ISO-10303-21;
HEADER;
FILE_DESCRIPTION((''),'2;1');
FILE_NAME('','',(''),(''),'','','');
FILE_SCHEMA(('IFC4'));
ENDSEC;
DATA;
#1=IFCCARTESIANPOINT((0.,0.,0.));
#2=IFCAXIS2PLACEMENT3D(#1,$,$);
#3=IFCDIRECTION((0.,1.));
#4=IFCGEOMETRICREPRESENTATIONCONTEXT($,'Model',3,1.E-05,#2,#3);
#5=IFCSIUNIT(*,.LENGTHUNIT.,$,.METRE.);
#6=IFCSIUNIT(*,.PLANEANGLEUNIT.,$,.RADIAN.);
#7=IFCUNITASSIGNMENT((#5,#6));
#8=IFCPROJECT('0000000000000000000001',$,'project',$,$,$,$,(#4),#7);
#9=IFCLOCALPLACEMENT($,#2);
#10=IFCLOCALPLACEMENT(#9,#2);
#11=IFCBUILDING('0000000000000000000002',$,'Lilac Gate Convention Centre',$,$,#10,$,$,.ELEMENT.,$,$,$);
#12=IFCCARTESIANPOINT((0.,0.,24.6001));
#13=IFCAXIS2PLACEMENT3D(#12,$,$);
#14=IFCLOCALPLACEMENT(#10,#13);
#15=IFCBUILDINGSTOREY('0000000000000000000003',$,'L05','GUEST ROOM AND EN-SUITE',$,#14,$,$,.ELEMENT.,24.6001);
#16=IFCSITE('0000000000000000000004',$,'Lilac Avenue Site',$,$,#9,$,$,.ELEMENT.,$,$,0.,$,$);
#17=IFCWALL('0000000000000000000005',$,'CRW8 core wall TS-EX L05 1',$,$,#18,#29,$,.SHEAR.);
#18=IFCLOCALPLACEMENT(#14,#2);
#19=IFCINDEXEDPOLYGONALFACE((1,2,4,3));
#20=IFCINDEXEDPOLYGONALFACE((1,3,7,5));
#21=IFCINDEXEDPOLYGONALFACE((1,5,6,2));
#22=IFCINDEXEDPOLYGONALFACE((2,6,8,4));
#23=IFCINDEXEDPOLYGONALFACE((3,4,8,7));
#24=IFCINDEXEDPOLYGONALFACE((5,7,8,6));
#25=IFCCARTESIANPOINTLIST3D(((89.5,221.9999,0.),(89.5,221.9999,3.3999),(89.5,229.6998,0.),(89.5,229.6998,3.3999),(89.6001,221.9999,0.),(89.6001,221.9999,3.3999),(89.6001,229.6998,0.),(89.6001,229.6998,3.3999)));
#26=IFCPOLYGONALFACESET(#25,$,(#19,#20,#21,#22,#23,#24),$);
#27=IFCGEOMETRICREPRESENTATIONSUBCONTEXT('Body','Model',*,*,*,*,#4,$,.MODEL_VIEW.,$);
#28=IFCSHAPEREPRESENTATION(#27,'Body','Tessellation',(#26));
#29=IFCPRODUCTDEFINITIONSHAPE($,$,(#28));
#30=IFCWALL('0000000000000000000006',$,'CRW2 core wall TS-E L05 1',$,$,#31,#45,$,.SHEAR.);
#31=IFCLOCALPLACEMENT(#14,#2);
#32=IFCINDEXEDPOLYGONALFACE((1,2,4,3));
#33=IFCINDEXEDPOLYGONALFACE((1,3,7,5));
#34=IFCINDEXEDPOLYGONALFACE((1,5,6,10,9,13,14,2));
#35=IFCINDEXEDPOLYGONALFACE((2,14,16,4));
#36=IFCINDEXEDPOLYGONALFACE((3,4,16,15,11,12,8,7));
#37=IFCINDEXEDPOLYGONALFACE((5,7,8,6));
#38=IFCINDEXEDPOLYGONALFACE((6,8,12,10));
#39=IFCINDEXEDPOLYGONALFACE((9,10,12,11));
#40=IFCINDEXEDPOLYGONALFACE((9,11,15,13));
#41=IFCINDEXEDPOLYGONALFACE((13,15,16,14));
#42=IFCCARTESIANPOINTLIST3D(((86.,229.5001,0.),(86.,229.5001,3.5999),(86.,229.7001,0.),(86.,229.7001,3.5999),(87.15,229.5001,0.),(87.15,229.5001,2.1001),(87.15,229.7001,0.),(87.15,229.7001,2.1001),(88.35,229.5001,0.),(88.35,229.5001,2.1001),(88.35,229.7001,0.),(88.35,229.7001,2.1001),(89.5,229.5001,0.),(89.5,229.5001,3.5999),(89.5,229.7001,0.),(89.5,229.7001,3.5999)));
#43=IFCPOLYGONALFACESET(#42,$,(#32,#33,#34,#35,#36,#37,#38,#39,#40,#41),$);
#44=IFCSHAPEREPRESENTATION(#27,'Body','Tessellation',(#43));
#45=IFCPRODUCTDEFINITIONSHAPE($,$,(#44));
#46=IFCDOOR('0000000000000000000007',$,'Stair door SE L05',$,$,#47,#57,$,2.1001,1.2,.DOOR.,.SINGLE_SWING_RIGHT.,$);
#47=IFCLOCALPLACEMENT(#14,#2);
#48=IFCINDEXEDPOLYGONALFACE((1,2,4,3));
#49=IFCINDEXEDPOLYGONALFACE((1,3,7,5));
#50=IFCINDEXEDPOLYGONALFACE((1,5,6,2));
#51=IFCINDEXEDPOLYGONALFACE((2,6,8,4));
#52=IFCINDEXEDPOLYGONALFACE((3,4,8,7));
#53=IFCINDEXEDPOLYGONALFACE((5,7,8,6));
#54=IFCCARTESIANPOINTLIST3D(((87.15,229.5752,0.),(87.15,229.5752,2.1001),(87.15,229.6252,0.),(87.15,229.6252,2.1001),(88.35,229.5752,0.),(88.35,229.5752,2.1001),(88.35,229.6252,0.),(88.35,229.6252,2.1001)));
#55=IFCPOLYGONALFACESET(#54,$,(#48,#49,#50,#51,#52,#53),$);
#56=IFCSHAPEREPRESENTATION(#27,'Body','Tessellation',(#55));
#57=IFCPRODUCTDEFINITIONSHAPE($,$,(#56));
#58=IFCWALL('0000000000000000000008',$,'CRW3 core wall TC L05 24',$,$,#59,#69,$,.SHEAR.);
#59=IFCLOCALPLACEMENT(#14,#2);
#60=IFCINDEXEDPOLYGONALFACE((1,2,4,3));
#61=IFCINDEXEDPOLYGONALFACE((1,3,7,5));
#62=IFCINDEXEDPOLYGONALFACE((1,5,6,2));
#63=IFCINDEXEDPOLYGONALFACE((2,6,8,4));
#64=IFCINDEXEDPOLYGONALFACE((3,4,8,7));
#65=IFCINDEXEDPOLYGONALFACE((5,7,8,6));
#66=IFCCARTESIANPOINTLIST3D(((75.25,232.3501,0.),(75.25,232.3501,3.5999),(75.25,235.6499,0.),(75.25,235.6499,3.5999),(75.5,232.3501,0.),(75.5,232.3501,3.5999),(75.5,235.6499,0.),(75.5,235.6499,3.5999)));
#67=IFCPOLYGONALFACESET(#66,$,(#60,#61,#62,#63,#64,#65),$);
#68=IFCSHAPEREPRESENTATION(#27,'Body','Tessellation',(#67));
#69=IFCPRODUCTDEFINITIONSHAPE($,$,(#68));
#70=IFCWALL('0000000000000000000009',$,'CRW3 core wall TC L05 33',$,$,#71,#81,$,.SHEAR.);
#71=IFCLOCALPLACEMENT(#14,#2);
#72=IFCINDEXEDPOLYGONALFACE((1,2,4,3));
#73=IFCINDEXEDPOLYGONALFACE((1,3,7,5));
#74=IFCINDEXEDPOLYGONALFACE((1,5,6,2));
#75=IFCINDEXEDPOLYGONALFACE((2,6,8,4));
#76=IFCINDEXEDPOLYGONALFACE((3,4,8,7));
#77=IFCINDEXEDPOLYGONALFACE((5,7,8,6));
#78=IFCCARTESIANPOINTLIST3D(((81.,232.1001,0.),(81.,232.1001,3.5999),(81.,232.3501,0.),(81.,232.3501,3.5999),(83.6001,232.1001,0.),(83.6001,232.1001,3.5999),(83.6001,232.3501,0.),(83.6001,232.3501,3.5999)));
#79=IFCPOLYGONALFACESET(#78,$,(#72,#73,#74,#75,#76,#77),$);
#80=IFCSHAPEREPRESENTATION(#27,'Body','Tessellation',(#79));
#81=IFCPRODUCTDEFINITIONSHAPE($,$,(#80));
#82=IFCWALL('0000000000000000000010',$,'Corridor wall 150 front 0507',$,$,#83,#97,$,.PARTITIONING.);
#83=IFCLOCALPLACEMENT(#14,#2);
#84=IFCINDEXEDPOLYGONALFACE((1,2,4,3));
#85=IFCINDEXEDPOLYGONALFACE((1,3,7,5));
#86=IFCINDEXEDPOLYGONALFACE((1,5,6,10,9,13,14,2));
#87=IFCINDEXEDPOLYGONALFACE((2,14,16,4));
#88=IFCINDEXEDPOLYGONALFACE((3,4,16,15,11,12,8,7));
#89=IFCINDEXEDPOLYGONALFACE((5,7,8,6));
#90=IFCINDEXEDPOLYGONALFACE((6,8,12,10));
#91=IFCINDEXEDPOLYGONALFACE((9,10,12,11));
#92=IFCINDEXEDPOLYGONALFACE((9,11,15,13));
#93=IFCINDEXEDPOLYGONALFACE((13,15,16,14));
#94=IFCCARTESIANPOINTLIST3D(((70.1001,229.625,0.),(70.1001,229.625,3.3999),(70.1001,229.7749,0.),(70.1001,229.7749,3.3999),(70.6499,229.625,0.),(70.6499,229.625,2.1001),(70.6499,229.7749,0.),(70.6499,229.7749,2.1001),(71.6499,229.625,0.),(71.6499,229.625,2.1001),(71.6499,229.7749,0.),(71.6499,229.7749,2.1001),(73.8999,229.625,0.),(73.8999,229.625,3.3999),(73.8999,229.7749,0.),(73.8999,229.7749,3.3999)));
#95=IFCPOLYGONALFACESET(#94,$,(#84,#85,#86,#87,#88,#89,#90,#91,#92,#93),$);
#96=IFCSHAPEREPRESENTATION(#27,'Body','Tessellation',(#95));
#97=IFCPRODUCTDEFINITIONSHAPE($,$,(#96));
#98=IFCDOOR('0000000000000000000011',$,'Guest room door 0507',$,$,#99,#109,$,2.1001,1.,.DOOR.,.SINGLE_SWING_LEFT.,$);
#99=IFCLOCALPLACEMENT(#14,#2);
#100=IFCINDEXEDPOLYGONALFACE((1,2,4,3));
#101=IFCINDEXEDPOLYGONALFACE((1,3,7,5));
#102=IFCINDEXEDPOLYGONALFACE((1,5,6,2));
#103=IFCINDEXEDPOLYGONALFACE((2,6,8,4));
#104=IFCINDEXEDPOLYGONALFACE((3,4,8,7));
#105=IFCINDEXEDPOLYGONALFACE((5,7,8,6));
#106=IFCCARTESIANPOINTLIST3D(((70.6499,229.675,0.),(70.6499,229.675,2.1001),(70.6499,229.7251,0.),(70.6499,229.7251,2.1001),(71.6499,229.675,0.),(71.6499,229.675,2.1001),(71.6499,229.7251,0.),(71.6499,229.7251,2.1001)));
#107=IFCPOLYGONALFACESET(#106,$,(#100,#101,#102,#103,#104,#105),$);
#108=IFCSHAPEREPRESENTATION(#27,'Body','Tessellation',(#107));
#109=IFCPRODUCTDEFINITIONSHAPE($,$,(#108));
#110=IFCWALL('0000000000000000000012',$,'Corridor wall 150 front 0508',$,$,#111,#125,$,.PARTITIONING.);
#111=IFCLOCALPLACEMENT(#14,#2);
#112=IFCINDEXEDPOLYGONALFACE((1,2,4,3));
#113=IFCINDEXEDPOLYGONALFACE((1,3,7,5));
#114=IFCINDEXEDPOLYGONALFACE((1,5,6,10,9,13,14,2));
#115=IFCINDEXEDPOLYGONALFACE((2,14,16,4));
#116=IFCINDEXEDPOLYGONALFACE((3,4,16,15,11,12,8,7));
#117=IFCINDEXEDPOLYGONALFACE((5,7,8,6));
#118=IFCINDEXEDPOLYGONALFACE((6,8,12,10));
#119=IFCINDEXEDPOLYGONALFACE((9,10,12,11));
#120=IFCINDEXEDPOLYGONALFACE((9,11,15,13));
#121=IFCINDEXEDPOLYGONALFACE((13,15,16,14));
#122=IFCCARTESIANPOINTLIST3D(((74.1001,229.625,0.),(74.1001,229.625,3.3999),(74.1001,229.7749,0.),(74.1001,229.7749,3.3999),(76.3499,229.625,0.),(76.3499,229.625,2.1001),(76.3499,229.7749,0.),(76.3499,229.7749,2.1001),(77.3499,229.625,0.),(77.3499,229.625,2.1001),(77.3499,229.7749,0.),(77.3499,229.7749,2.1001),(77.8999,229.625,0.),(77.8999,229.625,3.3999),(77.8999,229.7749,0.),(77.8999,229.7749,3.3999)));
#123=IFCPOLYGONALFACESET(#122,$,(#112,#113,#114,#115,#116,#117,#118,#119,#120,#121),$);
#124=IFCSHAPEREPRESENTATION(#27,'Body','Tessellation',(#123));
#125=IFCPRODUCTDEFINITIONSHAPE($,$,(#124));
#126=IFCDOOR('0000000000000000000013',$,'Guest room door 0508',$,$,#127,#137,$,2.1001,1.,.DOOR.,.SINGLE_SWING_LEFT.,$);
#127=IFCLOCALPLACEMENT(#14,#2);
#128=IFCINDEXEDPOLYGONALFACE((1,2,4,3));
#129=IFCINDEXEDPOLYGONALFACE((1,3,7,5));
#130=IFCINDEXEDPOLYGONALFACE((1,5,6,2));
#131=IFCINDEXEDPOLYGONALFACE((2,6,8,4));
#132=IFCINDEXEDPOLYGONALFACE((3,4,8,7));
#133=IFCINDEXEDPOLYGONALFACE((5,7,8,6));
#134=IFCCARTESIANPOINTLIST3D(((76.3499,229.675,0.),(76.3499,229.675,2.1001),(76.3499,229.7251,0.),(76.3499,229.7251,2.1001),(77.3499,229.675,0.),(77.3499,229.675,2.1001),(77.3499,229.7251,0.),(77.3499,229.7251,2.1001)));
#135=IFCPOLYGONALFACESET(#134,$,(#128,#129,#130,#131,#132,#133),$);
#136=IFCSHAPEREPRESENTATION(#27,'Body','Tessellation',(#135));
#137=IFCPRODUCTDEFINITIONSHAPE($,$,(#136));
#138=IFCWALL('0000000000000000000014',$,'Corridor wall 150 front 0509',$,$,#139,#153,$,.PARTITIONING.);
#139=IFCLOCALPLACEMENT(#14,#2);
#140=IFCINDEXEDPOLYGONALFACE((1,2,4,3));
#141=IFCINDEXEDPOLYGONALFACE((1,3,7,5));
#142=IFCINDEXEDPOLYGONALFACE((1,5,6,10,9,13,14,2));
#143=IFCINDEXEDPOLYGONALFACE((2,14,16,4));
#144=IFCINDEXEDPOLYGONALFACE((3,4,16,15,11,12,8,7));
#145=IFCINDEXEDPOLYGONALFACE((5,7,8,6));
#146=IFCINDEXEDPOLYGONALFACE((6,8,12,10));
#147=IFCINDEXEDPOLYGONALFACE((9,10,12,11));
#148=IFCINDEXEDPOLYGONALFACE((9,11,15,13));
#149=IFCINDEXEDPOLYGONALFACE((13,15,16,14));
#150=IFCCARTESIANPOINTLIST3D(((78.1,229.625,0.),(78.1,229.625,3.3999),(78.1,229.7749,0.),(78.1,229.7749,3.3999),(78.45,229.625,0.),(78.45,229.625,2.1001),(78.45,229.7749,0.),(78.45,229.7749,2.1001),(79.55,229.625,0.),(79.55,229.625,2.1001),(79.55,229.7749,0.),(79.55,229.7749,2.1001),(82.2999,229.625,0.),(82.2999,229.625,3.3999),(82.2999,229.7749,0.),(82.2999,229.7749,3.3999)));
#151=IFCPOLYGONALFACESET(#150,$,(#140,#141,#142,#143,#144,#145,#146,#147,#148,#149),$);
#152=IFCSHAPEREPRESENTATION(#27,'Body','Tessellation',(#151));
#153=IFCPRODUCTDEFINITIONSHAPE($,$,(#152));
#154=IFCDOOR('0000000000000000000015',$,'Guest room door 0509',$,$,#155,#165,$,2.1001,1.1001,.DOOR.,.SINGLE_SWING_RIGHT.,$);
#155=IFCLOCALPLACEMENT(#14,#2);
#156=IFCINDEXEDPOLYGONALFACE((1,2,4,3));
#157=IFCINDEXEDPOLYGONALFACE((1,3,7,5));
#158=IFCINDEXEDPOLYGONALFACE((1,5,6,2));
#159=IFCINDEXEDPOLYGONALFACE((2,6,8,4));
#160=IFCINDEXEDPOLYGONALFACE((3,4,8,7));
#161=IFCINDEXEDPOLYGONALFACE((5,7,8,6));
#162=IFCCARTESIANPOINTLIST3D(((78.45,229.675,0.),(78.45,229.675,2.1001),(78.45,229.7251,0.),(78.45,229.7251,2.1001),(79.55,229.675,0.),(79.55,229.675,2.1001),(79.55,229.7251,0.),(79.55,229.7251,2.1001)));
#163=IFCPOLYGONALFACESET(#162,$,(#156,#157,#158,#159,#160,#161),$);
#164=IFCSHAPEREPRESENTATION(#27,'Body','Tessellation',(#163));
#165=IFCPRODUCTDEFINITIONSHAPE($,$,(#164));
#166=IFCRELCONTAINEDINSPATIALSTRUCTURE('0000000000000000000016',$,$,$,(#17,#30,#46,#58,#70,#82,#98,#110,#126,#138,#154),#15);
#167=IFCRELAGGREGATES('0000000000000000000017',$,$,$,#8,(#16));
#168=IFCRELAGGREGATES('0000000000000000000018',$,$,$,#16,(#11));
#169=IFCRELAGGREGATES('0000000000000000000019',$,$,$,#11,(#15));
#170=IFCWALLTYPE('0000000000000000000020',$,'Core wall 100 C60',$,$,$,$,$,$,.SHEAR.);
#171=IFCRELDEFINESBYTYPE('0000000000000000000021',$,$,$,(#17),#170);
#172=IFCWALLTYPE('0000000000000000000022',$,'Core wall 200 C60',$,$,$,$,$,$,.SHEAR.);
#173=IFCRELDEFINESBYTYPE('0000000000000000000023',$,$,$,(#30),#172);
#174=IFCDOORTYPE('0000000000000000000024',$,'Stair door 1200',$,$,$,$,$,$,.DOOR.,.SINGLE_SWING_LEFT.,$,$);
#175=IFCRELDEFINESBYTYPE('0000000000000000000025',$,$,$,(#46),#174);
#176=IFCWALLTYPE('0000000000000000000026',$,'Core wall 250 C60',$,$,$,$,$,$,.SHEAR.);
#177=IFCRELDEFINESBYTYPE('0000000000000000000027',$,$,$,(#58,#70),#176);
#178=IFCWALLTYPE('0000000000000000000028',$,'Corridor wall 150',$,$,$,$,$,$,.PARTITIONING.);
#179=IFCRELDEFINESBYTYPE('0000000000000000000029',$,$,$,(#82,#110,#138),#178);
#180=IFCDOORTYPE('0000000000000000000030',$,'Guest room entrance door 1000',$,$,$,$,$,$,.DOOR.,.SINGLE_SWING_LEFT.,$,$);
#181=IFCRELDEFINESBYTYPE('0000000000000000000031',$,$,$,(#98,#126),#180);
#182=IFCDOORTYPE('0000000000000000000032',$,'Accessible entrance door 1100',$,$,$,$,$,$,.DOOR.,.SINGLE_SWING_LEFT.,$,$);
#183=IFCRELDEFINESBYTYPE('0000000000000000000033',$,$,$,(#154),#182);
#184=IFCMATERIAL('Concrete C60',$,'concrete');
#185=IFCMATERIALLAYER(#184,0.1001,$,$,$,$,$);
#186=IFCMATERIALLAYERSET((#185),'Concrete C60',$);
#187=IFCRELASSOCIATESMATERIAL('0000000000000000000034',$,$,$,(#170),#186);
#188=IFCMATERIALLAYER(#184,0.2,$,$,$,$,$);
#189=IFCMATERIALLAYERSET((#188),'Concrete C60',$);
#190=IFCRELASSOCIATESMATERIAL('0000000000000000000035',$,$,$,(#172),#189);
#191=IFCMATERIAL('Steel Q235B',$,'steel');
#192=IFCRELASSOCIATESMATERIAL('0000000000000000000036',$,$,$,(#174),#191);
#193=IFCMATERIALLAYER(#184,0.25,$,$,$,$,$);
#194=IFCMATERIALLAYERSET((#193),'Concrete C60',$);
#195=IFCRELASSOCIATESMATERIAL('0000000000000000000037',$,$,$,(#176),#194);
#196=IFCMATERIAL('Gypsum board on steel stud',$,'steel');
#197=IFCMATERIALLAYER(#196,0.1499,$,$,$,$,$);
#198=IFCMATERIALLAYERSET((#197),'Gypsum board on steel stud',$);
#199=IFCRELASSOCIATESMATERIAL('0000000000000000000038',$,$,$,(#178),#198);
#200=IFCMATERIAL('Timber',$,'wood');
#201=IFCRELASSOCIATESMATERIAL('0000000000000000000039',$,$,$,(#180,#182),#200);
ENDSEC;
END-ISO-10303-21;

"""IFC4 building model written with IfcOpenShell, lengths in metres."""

from ifc_helpers import new_model, si_unit, direction, frame, frame_2d, origin, place, context, subcontext, project, spatial, rectangle, extrude, material, layer, layer_set, type_object, element, fill, save


model = new_model("IFC4")

# Units and contexts
model_context = context("Model", 3, precision=1e-05, world=origin(), true_north=direction((0.0, 1.0)))
body_context = subcontext(model_context, "Body", "Model", "MODEL_VIEW")
ifc_project = project(units=[si_unit("LENGTHUNIT", "METRE"), si_unit("PLANEANGLEUNIT", "RADIAN")], contexts=[model_context])

# Site, building, storey
site_placement = place(None, origin())
site = spatial("IfcSite", under=ifc_project, at=site_placement, Name="Lilac Avenue Site", CompositionType="ELEMENT", RefElevation=0.0)
building_placement = place(site_placement, origin())
building = spatial("IfcBuilding", under=site, at=building_placement, Name="Lilac Gate Convention Centre", CompositionType="ELEMENT")
storey_placement = place(building_placement, frame((0.0, 0.0, 24.6001)))
storey = spatial("IfcBuildingStorey", under=building, at=storey_placement, Name="L05", Description="GUEST ROOM AND EN-SUITE", CompositionType="ELEMENT", Elevation=24.6001)

# Wall
ifc_material_1 = material(Name="Concrete C60", Category="concrete")
ifc_layer_1 = layer(ifc_material_1, 0.1001)
ifc_layer_set_1 = layer_set([ifc_layer_1], Name="Concrete C60")
wall_type_1 = type_object("IfcWallType", Name="Core wall 100 C60", PredefinedType="SHEAR", material=ifc_layer_set_1)
wall_1_placement = place(storey_placement, frame((89.55, 229.7, 0.0), z_axis=(0.0, 0.0, 1.0), x_axis=(0.0, -1.0, 0.0)))
element("IfcWall", 1, at=wall_1_placement, inside=storey, type_object=wall_type_1, Name="CRW8 core wall TS-EX L05 1", PredefinedType="SHEAR", context=body_context, shape_type="SweptSolid", body=[
    extrude(rectangle(XDim=7.7, YDim=0.1001, at=frame_2d((3.8501, 0.0))), origin(), (0.0, 0.0, 1.0), 3.3999),
])

# Wall, opening, door
ifc_layer_2 = layer(ifc_material_1, 0.2)
ifc_layer_set_2 = layer_set([ifc_layer_2], Name="Concrete C60")
wall_type_2 = type_object("IfcWallType", Name="Core wall 200 C60", PredefinedType="SHEAR", material=ifc_layer_set_2)
wall_2_placement = place(storey_placement, frame((89.5, 229.6001, 0.0), z_axis=(0.0, 0.0, 1.0), x_axis=(-1.0, 0.0, 0.0)))
wall_2 = element("IfcWall", 2, at=wall_2_placement, inside=storey, type_object=wall_type_2, Name="CRW2 core wall TS-E L05 1", PredefinedType="SHEAR", context=body_context, shape_type="SweptSolid", body=[
    extrude(rectangle(XDim=3.5, YDim=0.2, at=frame_2d((1.75, 0.0))), origin(), (0.0, 0.0, 1.0), 3.5999),
])
opening_1_placement = place(wall_2_placement, frame((1.1499, 0.0, 0.0)))
opening_1 = element("IfcOpeningElement", 3, at=opening_1_placement, cuts=wall_2, PredefinedType="OPENING", context=body_context, shape_type="SweptSolid", body=[
    extrude(rectangle(XDim=1.2, YDim=2.1001, at=frame_2d((0.6001, 1.05))), frame((0.0, 0.1099, 0.0), z_axis=(0.0, -1.0, 0.0), x_axis=(1.0, 0.0, 0.0)), (0.0, 0.0, 1.0), 0.22),
])
ifc_material_2 = material(Name="Steel Q235B", Category="steel")
door_type_1 = type_object("IfcDoorType", Name="Stair door 1200", OperationType="SINGLE_SWING_LEFT", PredefinedType="DOOR", material=ifc_material_2)
door_1_placement = place(opening_1_placement, origin())
door_1 = element("IfcDoor", 4, at=door_1_placement, inside=storey, type_object=door_type_1, Name="Stair door SE L05", OperationType="SINGLE_SWING_RIGHT", OverallHeight=2.1001, OverallWidth=1.2, PredefinedType="DOOR", context=body_context, shape_type="SweptSolid", body=[
    extrude(rectangle(XDim=1.2, YDim=2.1001, at=frame_2d((0.6001, 1.05))), frame((0.0, 0.0249, 0.0), z_axis=(0.0, -1.0, 0.0), x_axis=(1.0, 0.0, 0.0)), (0.0, 0.0, 1.0), 0.05),
])
fill(opening_1, door_1)

# Walls
ifc_layer_3 = layer(ifc_material_1, 0.25)
ifc_layer_set_3 = layer_set([ifc_layer_3], Name="Concrete C60")
wall_type_3 = type_object("IfcWallType", Name="Core wall 250 C60", PredefinedType="SHEAR", material=ifc_layer_set_3)
wall_3_placement = place(storey_placement, frame((75.375, 232.3501, 0.0), z_axis=(0.0, 0.0, 1.0), x_axis=(0.0, 1.0, 0.0)))
element("IfcWall", 5, at=wall_3_placement, inside=storey, type_object=wall_type_3, Name="CRW3 core wall TC L05 24", PredefinedType="SHEAR", context=body_context, shape_type="SweptSolid", body=[
    extrude(rectangle(XDim=3.2998, YDim=0.25, at=frame_2d((1.6499, 0.0))), origin(), (0.0, 0.0, 1.0), 3.5999),
])
wall_4_placement = place(storey_placement, frame((81.0, 232.2251, 0.0), z_axis=(0.0, 0.0, 1.0), x_axis=(1.0, 0.0, 0.0)))
element("IfcWall", 6, at=wall_4_placement, inside=storey, type_object=wall_type_3, Name="CRW3 core wall TC L05 33", PredefinedType="SHEAR", context=body_context, shape_type="SweptSolid", body=[
    extrude(rectangle(XDim=2.6001, YDim=0.25, at=frame_2d((1.3, 0.0))), origin(), (0.0, 0.0, 1.0), 3.5999),
])

# Walls, openings, doors
ifc_material_3 = material(Name="Gypsum board on steel stud", Category="steel")
ifc_layer_4 = layer(ifc_material_3, 0.1499)
ifc_layer_set_4 = layer_set([ifc_layer_4], Name="Gypsum board on steel stud")
wall_type_4 = type_object("IfcWallType", Name="Corridor wall 150", PredefinedType="PARTITIONING", material=ifc_layer_set_4)
wall_5_placement = place(storey_placement, frame((73.8999, 229.7, 0.0), z_axis=(0.0, 0.0, 1.0), x_axis=(-1.0, 0.0, 0.0)))
wall_5 = element("IfcWall", 7, at=wall_5_placement, inside=storey, type_object=wall_type_4, Name="Corridor wall 150 front 0507", PredefinedType="PARTITIONING", context=body_context, shape_type="SweptSolid", body=[
    extrude(rectangle(XDim=3.7998, YDim=0.1499, at=frame_2d((1.8999, 0.0))), origin(), (0.0, 0.0, 1.0), 3.3999),
])
opening_2_placement = place(wall_5_placement, frame((2.25, 0.0, 0.0)))
opening_2 = element("IfcOpeningElement", 8, at=opening_2_placement, cuts=wall_5, PredefinedType="OPENING", context=body_context, shape_type="SweptSolid", body=[
    extrude(rectangle(XDim=1.0, YDim=2.1001, at=frame_2d((0.5, 1.05))), frame((0.0, 0.085, 0.0), z_axis=(0.0, -1.0, 0.0), x_axis=(1.0, 0.0, 0.0)), (0.0, 0.0, 1.0), 0.1699),
])
ifc_material_4 = material(Name="Timber", Category="wood")
door_type_2 = type_object("IfcDoorType", Name="Guest room entrance door 1000", OperationType="SINGLE_SWING_LEFT", PredefinedType="DOOR", material=ifc_material_4)
door_2_placement = place(opening_2_placement, origin())
door_2 = element("IfcDoor", 9, at=door_2_placement, inside=storey, type_object=door_type_2, Name="Guest room door 0507", OperationType="SINGLE_SWING_LEFT", OverallHeight=2.1001, OverallWidth=1.0, PredefinedType="DOOR", context=body_context, shape_type="SweptSolid", body=[
    extrude(rectangle(XDim=1.0, YDim=2.1001, at=frame_2d((0.5, 1.05))), frame((0.0, 0.0249, 0.0), z_axis=(0.0, -1.0, 0.0), x_axis=(1.0, 0.0, 0.0)), (0.0, 0.0, 1.0), 0.05),
])
fill(opening_2, door_2)
wall_6_placement = place(storey_placement, frame((77.8999, 229.7, 0.0), z_axis=(0.0, 0.0, 1.0), x_axis=(-1.0, 0.0, 0.0)))
wall_6 = element("IfcWall", 10, at=wall_6_placement, inside=storey, type_object=wall_type_4, Name="Corridor wall 150 front 0508", PredefinedType="PARTITIONING", context=body_context, shape_type="SweptSolid", body=[
    extrude(rectangle(XDim=3.7998, YDim=0.1499, at=frame_2d((1.8999, 0.0))), origin(), (0.0, 0.0, 1.0), 3.3999),
])
opening_3_placement = place(wall_6_placement, frame((0.55, 0.0, 0.0)))
opening_3 = element("IfcOpeningElement", 11, at=opening_3_placement, cuts=wall_6, PredefinedType="OPENING", context=body_context, shape_type="SweptSolid", body=[
    extrude(rectangle(XDim=1.0, YDim=2.1001, at=frame_2d((0.5, 1.05))), frame((0.0, 0.085, 0.0), z_axis=(0.0, -1.0, 0.0), x_axis=(1.0, 0.0, 0.0)), (0.0, 0.0, 1.0), 0.1699),
])
door_3_placement = place(opening_3_placement, origin())
door_3 = element("IfcDoor", 12, at=door_3_placement, inside=storey, type_object=door_type_2, Name="Guest room door 0508", OperationType="SINGLE_SWING_LEFT", OverallHeight=2.1001, OverallWidth=1.0, PredefinedType="DOOR", context=body_context, shape_type="SweptSolid", body=[
    extrude(rectangle(XDim=1.0, YDim=2.1001, at=frame_2d((0.5, 1.05))), frame((0.0, 0.0249, 0.0), z_axis=(0.0, -1.0, 0.0), x_axis=(1.0, 0.0, 0.0)), (0.0, 0.0, 1.0), 0.05),
])
fill(opening_3, door_3)
wall_7_placement = place(storey_placement, frame((82.3, 229.7, 0.0), z_axis=(0.0, 0.0, 1.0), x_axis=(-1.0, 0.0, 0.0)))
wall_7 = element("IfcWall", 13, at=wall_7_placement, inside=storey, type_object=wall_type_4, Name="Corridor wall 150 front 0509", PredefinedType="PARTITIONING", context=body_context, shape_type="SweptSolid", body=[
    extrude(rectangle(XDim=4.2, YDim=0.1499, at=frame_2d((2.1001, 0.0))), origin(), (0.0, 0.0, 1.0), 3.3999),
])
opening_4_placement = place(wall_7_placement, frame((2.75, 0.0, 0.0)))
opening_4 = element("IfcOpeningElement", 14, at=opening_4_placement, cuts=wall_7, PredefinedType="OPENING", context=body_context, shape_type="SweptSolid", body=[
    extrude(rectangle(XDim=1.1001, YDim=2.1001, at=frame_2d((0.55, 1.05))), frame((0.0, 0.085, 0.0), z_axis=(0.0, -1.0, 0.0), x_axis=(1.0, 0.0, 0.0)), (0.0, 0.0, 1.0), 0.1699),
])
door_type_3 = type_object("IfcDoorType", Name="Accessible entrance door 1100", OperationType="SINGLE_SWING_LEFT", PredefinedType="DOOR", material=ifc_material_4)
door_4_placement = place(opening_4_placement, origin())
door_4 = element("IfcDoor", 15, at=door_4_placement, inside=storey, type_object=door_type_3, Name="Guest room door 0509", OperationType="SINGLE_SWING_RIGHT", OverallHeight=2.1001, OverallWidth=1.1001, PredefinedType="DOOR", context=body_context, shape_type="SweptSolid", body=[
    extrude(rectangle(XDim=1.1001, YDim=2.1001, at=frame_2d((0.55, 1.05))), frame((0.0, 0.0249, 0.0), z_axis=(0.0, -1.0, 0.0), x_axis=(1.0, 0.0, 0.0)), (0.0, 0.0, 1.0), 0.05),
])
fill(opening_4, door_4)

save(model, "model.ifc")
